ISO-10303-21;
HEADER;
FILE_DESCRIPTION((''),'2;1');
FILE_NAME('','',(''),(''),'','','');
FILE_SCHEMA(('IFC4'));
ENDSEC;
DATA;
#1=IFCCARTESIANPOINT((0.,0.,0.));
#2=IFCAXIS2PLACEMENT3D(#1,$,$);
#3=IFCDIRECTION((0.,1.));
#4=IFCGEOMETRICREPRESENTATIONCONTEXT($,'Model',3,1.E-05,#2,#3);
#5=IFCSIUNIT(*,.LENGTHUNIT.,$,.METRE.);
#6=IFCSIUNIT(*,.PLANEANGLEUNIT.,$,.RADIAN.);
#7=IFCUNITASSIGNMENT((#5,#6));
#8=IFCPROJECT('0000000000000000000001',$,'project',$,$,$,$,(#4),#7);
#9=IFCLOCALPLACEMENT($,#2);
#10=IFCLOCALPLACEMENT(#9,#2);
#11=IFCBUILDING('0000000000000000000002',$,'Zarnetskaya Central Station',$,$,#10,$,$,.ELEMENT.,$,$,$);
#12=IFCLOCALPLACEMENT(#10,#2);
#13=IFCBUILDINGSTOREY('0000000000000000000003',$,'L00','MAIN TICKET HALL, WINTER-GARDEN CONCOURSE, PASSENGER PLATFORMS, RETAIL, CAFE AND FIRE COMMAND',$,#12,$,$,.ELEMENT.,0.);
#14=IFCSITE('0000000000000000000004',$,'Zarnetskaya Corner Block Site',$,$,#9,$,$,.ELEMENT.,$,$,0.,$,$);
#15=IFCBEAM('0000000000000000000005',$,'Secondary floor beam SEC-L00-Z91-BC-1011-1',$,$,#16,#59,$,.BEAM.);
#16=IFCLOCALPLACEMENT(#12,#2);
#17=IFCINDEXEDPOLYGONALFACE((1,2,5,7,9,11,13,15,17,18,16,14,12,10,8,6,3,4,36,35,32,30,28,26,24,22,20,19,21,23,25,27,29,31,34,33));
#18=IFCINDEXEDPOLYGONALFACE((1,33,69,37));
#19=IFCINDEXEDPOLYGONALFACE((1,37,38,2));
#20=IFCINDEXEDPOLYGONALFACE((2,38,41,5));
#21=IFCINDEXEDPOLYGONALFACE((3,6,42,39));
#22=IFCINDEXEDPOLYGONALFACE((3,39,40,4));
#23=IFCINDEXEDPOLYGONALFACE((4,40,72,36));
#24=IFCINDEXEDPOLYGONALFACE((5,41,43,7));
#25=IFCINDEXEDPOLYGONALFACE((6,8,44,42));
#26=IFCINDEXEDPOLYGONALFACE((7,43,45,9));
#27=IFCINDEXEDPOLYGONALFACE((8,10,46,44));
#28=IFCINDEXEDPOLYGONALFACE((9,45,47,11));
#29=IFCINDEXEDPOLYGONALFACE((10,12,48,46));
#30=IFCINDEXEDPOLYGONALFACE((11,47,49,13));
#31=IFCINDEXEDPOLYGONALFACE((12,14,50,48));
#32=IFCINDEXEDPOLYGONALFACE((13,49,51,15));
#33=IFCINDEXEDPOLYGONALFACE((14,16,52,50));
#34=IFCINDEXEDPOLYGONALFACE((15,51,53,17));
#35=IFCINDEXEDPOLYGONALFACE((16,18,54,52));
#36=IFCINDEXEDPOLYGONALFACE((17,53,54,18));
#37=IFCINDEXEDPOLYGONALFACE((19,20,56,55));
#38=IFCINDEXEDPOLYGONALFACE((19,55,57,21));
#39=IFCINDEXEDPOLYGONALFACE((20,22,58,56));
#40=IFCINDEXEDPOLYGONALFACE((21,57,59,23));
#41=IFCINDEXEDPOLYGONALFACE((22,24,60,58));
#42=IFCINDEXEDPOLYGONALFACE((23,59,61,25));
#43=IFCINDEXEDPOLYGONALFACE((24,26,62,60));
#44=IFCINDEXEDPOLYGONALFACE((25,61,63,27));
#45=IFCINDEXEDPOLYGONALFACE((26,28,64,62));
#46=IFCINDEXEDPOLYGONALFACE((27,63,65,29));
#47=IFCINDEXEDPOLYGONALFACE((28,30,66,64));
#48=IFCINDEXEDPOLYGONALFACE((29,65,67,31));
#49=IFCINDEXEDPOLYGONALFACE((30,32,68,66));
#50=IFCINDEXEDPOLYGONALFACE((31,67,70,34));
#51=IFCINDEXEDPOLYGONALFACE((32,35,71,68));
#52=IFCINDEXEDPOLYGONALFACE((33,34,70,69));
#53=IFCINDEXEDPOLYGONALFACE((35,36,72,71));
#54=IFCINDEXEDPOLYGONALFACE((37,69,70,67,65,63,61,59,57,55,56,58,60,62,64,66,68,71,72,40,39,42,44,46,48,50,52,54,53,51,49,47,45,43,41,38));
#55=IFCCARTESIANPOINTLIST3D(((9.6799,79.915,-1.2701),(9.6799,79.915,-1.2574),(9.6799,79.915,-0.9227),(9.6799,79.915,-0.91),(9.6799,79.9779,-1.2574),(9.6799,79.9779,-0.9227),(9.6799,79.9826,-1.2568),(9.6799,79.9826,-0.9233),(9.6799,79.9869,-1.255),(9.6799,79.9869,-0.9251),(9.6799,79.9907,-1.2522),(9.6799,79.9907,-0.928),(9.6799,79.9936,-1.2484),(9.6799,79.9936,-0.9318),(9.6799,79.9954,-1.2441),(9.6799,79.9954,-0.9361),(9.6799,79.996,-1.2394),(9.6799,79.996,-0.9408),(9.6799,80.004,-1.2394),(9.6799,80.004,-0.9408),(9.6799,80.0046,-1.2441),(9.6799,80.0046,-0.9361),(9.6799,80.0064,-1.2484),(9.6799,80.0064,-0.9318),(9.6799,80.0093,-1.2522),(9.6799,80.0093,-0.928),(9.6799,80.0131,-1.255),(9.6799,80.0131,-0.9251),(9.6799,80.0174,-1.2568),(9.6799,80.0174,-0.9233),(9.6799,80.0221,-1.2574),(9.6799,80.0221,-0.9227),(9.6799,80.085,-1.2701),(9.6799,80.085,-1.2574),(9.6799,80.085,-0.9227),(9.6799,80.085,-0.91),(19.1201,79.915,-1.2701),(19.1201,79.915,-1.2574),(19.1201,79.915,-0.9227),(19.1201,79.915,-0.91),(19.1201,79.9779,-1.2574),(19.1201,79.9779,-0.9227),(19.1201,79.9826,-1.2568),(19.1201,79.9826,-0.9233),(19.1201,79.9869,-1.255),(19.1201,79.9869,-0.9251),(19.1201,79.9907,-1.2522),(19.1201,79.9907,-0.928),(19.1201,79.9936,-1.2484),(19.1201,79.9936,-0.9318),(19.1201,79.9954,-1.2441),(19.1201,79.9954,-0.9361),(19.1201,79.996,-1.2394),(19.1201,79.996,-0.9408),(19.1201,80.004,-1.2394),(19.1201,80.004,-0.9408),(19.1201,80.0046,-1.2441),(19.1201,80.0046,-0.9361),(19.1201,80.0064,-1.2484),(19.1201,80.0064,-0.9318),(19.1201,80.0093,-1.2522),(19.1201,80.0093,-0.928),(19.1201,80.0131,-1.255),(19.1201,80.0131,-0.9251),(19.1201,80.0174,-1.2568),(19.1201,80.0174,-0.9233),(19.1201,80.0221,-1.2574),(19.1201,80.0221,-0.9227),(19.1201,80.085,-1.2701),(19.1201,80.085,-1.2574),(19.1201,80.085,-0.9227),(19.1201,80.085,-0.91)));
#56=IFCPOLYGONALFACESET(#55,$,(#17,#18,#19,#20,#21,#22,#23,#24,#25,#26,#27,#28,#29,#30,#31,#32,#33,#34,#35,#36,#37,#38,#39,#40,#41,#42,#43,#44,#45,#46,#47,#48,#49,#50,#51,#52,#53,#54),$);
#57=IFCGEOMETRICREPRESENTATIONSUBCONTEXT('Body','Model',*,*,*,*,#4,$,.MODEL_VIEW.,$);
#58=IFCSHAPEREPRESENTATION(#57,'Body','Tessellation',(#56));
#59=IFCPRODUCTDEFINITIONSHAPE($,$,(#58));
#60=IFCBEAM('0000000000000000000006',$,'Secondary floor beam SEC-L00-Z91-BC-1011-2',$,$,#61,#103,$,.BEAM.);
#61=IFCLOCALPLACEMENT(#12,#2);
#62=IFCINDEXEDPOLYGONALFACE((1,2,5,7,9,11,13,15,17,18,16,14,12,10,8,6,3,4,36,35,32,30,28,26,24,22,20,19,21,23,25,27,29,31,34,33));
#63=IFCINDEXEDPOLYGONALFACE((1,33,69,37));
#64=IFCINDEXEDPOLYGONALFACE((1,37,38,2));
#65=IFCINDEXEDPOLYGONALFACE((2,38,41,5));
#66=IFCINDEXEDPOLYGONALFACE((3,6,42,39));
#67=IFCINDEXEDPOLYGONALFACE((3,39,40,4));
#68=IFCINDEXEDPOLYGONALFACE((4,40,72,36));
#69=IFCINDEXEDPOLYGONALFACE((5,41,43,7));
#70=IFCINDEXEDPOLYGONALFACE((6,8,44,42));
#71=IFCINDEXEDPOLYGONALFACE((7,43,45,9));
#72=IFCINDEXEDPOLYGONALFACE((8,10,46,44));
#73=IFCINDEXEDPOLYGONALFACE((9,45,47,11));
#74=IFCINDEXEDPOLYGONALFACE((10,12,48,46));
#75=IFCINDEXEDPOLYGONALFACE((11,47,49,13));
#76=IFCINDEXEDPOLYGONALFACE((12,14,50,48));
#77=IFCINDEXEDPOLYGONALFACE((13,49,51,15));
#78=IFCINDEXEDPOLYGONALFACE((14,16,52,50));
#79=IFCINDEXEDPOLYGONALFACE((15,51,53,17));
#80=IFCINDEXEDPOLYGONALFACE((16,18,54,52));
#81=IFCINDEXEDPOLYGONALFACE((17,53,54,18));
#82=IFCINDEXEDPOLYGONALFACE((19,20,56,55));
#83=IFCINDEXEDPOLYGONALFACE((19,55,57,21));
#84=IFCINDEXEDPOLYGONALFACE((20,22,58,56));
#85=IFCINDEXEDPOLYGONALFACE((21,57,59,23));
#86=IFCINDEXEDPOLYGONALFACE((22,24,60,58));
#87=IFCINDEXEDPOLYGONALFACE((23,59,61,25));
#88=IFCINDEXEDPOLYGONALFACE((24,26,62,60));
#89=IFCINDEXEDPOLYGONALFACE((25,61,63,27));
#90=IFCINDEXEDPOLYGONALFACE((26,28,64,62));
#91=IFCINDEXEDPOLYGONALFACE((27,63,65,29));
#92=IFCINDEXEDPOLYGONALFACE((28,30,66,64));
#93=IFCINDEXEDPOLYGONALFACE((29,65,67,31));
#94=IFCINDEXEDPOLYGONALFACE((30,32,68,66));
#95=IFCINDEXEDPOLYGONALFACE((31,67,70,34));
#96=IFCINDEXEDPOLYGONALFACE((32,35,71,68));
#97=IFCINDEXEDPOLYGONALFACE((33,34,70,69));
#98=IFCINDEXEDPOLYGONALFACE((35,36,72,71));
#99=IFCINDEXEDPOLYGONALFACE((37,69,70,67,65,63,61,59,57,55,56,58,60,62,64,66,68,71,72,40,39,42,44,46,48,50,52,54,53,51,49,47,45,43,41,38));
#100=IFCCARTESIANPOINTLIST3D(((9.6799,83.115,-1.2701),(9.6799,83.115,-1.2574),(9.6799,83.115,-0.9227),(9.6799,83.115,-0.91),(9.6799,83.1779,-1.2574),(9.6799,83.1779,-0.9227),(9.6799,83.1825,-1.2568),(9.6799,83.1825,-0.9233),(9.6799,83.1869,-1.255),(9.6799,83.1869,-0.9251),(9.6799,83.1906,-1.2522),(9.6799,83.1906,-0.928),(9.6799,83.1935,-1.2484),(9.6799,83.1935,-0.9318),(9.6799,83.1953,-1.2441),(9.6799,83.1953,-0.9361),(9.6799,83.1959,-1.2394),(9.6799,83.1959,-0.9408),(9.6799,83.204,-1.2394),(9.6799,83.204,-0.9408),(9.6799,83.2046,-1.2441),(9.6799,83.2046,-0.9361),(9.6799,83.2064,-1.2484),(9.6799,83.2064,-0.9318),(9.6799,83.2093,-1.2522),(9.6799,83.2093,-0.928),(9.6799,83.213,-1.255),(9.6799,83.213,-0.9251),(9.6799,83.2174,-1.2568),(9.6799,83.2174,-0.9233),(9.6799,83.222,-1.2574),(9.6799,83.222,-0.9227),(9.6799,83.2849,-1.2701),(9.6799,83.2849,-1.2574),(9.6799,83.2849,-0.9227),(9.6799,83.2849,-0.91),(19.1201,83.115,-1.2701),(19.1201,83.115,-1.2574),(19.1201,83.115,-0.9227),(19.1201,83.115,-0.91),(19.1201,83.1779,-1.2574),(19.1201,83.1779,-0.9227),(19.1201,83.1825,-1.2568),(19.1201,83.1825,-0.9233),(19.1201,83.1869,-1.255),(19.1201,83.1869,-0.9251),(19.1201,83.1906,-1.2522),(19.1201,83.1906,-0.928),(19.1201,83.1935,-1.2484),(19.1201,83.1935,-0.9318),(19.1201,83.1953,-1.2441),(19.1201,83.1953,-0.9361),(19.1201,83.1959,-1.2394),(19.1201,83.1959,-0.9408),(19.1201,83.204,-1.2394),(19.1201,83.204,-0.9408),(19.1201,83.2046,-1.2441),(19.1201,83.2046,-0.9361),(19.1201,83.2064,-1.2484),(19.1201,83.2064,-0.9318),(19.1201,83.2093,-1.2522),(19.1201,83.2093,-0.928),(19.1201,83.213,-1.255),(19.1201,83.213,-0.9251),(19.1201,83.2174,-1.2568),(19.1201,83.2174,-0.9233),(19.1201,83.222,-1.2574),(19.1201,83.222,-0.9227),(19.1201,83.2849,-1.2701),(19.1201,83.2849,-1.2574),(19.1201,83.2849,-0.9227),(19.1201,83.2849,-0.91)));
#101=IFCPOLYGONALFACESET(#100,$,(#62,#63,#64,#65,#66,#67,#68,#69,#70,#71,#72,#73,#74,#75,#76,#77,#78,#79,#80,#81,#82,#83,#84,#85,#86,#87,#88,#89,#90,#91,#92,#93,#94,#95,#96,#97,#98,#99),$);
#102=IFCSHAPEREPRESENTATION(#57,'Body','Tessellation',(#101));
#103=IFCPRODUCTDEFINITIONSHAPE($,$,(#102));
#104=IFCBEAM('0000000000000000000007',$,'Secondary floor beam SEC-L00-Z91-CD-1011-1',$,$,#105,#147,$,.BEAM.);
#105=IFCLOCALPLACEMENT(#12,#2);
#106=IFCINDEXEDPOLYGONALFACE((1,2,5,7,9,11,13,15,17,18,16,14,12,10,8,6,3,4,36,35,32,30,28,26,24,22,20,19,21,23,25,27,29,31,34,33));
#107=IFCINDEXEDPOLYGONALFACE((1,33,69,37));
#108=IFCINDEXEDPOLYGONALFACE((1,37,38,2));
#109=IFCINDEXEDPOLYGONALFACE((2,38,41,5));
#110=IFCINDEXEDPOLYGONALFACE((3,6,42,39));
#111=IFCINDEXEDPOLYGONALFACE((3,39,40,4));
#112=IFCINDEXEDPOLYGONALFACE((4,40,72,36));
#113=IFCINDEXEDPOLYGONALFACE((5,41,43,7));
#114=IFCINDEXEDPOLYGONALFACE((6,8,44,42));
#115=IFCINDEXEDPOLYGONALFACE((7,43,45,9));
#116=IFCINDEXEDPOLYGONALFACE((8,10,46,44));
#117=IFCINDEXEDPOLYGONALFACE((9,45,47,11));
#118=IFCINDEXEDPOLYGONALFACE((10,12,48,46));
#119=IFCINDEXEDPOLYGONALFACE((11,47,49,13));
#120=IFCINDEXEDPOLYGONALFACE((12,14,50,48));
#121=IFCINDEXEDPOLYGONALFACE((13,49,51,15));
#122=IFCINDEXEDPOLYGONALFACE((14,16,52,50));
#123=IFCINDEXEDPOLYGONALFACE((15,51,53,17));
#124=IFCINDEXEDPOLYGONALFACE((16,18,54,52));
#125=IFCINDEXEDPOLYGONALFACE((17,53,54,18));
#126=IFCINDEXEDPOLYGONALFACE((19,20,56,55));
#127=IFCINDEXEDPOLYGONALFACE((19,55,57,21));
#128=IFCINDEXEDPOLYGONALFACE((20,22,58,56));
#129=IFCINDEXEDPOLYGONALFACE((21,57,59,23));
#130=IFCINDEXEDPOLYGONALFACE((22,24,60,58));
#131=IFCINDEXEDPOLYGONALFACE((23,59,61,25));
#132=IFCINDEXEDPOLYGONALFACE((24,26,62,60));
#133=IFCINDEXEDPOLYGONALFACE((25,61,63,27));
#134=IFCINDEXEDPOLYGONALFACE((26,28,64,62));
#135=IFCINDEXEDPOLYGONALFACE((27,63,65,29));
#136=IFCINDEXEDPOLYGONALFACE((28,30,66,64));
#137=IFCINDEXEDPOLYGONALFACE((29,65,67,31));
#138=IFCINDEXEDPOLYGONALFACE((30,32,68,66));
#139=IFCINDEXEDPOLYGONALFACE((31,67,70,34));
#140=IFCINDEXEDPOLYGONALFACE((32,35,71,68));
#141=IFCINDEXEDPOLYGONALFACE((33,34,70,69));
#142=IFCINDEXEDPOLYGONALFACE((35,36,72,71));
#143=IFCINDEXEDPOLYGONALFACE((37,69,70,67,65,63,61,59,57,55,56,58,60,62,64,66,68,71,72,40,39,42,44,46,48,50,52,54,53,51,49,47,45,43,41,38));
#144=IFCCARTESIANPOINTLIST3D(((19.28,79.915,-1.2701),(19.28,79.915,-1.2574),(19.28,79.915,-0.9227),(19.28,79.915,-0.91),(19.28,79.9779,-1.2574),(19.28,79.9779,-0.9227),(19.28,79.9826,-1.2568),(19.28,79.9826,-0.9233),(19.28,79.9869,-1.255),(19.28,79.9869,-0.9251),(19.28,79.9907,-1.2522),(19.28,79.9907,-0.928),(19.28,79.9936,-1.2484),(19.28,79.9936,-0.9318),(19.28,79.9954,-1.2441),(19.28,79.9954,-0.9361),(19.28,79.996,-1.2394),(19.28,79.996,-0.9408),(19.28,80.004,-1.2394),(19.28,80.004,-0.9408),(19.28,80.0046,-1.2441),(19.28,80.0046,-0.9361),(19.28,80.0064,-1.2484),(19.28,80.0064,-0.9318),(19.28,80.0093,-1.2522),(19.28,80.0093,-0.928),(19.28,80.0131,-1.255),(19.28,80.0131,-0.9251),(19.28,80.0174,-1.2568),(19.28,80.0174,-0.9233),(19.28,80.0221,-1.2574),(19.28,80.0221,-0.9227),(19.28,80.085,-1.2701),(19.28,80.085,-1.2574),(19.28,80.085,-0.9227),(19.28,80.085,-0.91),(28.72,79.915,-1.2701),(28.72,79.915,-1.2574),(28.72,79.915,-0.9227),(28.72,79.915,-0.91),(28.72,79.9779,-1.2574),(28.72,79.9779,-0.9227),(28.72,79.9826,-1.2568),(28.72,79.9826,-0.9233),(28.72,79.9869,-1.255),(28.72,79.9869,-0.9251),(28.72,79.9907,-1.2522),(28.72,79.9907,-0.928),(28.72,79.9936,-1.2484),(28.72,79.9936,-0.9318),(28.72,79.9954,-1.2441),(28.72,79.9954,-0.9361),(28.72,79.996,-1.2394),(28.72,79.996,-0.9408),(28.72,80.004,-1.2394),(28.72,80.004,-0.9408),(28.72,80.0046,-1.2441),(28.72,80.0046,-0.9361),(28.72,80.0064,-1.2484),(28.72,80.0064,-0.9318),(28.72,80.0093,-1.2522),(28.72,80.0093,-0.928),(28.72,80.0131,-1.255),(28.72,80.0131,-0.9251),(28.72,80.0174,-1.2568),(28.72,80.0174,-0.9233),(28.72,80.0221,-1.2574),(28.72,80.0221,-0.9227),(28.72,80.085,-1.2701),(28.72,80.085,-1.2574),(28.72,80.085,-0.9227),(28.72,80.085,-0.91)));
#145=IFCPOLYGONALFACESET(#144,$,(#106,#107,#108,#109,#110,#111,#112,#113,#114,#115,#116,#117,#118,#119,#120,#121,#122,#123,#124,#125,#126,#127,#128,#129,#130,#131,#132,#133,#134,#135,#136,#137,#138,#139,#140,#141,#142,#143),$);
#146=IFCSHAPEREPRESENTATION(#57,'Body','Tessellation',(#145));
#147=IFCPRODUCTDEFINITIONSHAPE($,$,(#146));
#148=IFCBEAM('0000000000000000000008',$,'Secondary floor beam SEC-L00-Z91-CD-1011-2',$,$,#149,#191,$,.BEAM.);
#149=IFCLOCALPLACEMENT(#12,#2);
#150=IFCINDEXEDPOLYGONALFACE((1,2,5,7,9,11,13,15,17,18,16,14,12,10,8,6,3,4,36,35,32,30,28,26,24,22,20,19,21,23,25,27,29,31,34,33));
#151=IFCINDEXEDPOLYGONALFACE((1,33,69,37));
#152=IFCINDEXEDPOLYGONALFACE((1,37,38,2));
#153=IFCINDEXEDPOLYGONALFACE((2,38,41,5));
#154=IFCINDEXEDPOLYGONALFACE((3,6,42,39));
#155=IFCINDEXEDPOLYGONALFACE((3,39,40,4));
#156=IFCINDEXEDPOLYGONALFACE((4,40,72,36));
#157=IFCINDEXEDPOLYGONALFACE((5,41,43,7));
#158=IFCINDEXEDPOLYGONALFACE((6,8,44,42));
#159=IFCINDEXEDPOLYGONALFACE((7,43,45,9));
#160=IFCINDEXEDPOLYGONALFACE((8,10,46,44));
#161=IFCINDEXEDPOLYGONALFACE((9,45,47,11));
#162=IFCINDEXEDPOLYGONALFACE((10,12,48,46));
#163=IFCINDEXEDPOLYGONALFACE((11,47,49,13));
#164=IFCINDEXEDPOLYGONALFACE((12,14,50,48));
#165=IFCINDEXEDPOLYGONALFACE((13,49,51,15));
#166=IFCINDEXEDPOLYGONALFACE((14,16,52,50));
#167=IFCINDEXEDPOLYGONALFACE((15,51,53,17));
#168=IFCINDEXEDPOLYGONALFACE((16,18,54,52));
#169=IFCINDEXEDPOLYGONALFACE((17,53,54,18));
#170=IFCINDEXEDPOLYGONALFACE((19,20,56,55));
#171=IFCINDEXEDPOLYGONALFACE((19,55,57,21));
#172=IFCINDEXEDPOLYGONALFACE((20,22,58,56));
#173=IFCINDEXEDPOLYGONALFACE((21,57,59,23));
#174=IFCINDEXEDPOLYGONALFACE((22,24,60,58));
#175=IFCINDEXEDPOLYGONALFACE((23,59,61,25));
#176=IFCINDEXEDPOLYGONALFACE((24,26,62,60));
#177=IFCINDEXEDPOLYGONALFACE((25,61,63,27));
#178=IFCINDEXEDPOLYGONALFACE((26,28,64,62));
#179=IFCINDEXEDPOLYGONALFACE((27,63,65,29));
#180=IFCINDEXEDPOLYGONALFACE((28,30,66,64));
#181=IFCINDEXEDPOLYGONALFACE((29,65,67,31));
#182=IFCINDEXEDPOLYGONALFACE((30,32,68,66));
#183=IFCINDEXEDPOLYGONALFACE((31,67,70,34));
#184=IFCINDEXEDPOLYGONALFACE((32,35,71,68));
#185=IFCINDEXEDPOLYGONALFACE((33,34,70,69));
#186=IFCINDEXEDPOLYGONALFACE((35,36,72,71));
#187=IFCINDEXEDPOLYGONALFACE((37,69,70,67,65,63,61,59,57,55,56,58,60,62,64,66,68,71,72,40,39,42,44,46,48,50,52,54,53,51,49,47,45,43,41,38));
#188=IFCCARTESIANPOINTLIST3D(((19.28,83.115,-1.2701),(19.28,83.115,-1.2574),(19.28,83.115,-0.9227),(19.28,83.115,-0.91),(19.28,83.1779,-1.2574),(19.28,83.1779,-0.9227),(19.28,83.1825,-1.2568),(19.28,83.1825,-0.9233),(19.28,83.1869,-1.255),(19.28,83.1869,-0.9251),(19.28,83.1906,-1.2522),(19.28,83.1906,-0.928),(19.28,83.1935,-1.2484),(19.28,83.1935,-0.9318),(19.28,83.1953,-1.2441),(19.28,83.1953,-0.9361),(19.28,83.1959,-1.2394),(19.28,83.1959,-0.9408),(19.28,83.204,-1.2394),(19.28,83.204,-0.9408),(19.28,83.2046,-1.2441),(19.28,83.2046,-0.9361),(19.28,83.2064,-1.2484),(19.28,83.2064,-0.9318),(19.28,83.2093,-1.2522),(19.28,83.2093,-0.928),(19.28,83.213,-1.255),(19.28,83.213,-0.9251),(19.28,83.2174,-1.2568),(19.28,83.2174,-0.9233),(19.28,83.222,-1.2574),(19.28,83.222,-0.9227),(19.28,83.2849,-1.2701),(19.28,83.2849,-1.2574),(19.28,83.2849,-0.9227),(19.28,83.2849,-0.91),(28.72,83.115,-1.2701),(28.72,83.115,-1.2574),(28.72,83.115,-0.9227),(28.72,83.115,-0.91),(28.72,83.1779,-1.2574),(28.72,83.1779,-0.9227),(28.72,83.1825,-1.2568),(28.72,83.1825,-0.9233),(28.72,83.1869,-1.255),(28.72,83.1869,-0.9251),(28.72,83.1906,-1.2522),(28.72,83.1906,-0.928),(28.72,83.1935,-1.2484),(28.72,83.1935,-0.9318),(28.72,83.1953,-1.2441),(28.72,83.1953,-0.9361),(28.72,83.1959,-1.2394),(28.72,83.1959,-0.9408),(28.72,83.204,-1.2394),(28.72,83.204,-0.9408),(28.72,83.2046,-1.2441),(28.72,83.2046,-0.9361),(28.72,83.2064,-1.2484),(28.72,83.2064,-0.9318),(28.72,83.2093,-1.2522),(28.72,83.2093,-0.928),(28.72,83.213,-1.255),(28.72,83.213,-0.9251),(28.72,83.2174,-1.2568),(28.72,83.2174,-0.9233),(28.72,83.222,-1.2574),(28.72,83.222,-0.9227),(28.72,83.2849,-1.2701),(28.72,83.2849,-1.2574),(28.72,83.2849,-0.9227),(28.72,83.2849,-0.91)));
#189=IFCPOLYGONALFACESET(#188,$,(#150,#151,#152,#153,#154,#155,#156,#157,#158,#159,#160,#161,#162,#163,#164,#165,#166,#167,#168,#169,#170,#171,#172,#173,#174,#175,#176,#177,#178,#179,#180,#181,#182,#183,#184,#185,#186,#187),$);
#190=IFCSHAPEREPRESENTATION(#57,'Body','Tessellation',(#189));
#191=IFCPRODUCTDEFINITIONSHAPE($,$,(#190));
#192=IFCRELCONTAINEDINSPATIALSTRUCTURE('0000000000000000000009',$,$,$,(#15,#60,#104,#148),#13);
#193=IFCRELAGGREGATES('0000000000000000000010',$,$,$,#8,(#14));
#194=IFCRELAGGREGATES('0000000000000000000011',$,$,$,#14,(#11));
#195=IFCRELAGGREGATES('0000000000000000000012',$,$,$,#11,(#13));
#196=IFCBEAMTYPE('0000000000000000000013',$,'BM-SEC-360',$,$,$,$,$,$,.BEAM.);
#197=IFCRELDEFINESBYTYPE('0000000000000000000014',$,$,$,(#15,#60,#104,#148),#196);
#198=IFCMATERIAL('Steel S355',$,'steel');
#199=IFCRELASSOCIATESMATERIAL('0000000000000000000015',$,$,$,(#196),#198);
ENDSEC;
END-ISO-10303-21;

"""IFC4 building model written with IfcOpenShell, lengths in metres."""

from ifc_helpers import new_model, si_unit, direction, frame, origin, origin_2d, place, context, subcontext, project, spatial, i_section, extrude, material, material_profile, profile_set, type_object, element, save


model = new_model("IFC4")

# Units and contexts
model_context = context("Model", 3, precision=1e-05, world=origin(), true_north=direction((0.0, 1.0)))
body_context = subcontext(model_context, "Body", "Model", "MODEL_VIEW")
ifc_project = project(units=[si_unit("LENGTHUNIT", "METRE"), si_unit("PLANEANGLEUNIT", "RADIAN")], contexts=[model_context])

# Site, building, storey
site_placement = place(None, origin())
site = spatial("IfcSite", under=ifc_project, at=site_placement, Name="Zarnetskaya Corner Block Site", CompositionType="ELEMENT", RefElevation=0.0)
building_placement = place(site_placement, origin())
building = spatial("IfcBuilding", under=site, at=building_placement, Name="Zarnetskaya Central Station", CompositionType="ELEMENT")
storey_placement = place(building_placement, origin())
storey = spatial("IfcBuildingStorey", under=building, at=storey_placement, Name="L00", Description="MAIN TICKET HALL, WINTER-GARDEN CONCOURSE, PASSENGER PLATFORMS, RETAIL, CAFE AND FIRE COMMAND", CompositionType="ELEMENT", Elevation=0.0)

# Shared definitions
ifc_material = material(Name="Steel S355", Category="steel")

# Beams
ifc_material_profile_1 = material_profile(ifc_material, i_section(OverallWidth=0.1699, OverallDepth=0.3601, WebThickness=0.0081, FlangeThickness=0.0127, FilletRadius=0.0181, at=origin_2d()), Name="IPE 360")
ifc_profile_set_1 = profile_set([ifc_material_profile_1], Name="Steel S355")
beam_type_1 = type_object("IfcBeamType", Name="BM-SEC-360", PredefinedType="BEAM", material=ifc_profile_set_1)
for number, where, z_axis, x_axis, name in (
    (1, (9.6799, 80.0, -1.0901), (1.0, 0.0, 0.0), (0.0, 1.0, 0.0), "Secondary floor beam SEC-L00-Z91-BC-1011-1"),
    (2, (9.6799, 83.2, -1.0901), (1.0, 0.0, 0.0), (0.0, 1.0, 0.0), "Secondary floor beam SEC-L00-Z91-BC-1011-2"),
):
    element("IfcBeam", number, at=place(storey_placement, frame(where, z_axis=z_axis, x_axis=x_axis)), inside=storey, type_object=beam_type_1, Name=name, PredefinedType="BEAM", context=body_context, shape_type="SweptSolid", body=[
        extrude(i_section(OverallWidth=0.1699, OverallDepth=0.3601, WebThickness=0.0081, FlangeThickness=0.0127, FilletRadius=0.0181, at=origin_2d()), origin(), (0.0, 0.0, 1.0), 9.4402),
    ])
for number, where, z_axis, x_axis, name in (
    (3, (19.28, 80.0, -1.0901), (1.0, 0.0, 0.0), (0.0, 1.0, 0.0), "Secondary floor beam SEC-L00-Z91-CD-1011-1"),
    (4, (19.28, 83.2, -1.0901), (1.0, 0.0, 0.0), (0.0, 1.0, 0.0), "Secondary floor beam SEC-L00-Z91-CD-1011-2"),
):
    element("IfcBeam", number, at=place(storey_placement, frame(where, z_axis=z_axis, x_axis=x_axis)), inside=storey, type_object=beam_type_1, Name=name, PredefinedType="BEAM", context=body_context, shape_type="SweptSolid", body=[
        extrude(i_section(OverallWidth=0.1699, OverallDepth=0.3601, WebThickness=0.0081, FlangeThickness=0.0127, FilletRadius=0.0181, at=origin_2d()), origin(), (0.0, 0.0, 1.0), 9.4399),
    ])

save(model, "model.ifc")
